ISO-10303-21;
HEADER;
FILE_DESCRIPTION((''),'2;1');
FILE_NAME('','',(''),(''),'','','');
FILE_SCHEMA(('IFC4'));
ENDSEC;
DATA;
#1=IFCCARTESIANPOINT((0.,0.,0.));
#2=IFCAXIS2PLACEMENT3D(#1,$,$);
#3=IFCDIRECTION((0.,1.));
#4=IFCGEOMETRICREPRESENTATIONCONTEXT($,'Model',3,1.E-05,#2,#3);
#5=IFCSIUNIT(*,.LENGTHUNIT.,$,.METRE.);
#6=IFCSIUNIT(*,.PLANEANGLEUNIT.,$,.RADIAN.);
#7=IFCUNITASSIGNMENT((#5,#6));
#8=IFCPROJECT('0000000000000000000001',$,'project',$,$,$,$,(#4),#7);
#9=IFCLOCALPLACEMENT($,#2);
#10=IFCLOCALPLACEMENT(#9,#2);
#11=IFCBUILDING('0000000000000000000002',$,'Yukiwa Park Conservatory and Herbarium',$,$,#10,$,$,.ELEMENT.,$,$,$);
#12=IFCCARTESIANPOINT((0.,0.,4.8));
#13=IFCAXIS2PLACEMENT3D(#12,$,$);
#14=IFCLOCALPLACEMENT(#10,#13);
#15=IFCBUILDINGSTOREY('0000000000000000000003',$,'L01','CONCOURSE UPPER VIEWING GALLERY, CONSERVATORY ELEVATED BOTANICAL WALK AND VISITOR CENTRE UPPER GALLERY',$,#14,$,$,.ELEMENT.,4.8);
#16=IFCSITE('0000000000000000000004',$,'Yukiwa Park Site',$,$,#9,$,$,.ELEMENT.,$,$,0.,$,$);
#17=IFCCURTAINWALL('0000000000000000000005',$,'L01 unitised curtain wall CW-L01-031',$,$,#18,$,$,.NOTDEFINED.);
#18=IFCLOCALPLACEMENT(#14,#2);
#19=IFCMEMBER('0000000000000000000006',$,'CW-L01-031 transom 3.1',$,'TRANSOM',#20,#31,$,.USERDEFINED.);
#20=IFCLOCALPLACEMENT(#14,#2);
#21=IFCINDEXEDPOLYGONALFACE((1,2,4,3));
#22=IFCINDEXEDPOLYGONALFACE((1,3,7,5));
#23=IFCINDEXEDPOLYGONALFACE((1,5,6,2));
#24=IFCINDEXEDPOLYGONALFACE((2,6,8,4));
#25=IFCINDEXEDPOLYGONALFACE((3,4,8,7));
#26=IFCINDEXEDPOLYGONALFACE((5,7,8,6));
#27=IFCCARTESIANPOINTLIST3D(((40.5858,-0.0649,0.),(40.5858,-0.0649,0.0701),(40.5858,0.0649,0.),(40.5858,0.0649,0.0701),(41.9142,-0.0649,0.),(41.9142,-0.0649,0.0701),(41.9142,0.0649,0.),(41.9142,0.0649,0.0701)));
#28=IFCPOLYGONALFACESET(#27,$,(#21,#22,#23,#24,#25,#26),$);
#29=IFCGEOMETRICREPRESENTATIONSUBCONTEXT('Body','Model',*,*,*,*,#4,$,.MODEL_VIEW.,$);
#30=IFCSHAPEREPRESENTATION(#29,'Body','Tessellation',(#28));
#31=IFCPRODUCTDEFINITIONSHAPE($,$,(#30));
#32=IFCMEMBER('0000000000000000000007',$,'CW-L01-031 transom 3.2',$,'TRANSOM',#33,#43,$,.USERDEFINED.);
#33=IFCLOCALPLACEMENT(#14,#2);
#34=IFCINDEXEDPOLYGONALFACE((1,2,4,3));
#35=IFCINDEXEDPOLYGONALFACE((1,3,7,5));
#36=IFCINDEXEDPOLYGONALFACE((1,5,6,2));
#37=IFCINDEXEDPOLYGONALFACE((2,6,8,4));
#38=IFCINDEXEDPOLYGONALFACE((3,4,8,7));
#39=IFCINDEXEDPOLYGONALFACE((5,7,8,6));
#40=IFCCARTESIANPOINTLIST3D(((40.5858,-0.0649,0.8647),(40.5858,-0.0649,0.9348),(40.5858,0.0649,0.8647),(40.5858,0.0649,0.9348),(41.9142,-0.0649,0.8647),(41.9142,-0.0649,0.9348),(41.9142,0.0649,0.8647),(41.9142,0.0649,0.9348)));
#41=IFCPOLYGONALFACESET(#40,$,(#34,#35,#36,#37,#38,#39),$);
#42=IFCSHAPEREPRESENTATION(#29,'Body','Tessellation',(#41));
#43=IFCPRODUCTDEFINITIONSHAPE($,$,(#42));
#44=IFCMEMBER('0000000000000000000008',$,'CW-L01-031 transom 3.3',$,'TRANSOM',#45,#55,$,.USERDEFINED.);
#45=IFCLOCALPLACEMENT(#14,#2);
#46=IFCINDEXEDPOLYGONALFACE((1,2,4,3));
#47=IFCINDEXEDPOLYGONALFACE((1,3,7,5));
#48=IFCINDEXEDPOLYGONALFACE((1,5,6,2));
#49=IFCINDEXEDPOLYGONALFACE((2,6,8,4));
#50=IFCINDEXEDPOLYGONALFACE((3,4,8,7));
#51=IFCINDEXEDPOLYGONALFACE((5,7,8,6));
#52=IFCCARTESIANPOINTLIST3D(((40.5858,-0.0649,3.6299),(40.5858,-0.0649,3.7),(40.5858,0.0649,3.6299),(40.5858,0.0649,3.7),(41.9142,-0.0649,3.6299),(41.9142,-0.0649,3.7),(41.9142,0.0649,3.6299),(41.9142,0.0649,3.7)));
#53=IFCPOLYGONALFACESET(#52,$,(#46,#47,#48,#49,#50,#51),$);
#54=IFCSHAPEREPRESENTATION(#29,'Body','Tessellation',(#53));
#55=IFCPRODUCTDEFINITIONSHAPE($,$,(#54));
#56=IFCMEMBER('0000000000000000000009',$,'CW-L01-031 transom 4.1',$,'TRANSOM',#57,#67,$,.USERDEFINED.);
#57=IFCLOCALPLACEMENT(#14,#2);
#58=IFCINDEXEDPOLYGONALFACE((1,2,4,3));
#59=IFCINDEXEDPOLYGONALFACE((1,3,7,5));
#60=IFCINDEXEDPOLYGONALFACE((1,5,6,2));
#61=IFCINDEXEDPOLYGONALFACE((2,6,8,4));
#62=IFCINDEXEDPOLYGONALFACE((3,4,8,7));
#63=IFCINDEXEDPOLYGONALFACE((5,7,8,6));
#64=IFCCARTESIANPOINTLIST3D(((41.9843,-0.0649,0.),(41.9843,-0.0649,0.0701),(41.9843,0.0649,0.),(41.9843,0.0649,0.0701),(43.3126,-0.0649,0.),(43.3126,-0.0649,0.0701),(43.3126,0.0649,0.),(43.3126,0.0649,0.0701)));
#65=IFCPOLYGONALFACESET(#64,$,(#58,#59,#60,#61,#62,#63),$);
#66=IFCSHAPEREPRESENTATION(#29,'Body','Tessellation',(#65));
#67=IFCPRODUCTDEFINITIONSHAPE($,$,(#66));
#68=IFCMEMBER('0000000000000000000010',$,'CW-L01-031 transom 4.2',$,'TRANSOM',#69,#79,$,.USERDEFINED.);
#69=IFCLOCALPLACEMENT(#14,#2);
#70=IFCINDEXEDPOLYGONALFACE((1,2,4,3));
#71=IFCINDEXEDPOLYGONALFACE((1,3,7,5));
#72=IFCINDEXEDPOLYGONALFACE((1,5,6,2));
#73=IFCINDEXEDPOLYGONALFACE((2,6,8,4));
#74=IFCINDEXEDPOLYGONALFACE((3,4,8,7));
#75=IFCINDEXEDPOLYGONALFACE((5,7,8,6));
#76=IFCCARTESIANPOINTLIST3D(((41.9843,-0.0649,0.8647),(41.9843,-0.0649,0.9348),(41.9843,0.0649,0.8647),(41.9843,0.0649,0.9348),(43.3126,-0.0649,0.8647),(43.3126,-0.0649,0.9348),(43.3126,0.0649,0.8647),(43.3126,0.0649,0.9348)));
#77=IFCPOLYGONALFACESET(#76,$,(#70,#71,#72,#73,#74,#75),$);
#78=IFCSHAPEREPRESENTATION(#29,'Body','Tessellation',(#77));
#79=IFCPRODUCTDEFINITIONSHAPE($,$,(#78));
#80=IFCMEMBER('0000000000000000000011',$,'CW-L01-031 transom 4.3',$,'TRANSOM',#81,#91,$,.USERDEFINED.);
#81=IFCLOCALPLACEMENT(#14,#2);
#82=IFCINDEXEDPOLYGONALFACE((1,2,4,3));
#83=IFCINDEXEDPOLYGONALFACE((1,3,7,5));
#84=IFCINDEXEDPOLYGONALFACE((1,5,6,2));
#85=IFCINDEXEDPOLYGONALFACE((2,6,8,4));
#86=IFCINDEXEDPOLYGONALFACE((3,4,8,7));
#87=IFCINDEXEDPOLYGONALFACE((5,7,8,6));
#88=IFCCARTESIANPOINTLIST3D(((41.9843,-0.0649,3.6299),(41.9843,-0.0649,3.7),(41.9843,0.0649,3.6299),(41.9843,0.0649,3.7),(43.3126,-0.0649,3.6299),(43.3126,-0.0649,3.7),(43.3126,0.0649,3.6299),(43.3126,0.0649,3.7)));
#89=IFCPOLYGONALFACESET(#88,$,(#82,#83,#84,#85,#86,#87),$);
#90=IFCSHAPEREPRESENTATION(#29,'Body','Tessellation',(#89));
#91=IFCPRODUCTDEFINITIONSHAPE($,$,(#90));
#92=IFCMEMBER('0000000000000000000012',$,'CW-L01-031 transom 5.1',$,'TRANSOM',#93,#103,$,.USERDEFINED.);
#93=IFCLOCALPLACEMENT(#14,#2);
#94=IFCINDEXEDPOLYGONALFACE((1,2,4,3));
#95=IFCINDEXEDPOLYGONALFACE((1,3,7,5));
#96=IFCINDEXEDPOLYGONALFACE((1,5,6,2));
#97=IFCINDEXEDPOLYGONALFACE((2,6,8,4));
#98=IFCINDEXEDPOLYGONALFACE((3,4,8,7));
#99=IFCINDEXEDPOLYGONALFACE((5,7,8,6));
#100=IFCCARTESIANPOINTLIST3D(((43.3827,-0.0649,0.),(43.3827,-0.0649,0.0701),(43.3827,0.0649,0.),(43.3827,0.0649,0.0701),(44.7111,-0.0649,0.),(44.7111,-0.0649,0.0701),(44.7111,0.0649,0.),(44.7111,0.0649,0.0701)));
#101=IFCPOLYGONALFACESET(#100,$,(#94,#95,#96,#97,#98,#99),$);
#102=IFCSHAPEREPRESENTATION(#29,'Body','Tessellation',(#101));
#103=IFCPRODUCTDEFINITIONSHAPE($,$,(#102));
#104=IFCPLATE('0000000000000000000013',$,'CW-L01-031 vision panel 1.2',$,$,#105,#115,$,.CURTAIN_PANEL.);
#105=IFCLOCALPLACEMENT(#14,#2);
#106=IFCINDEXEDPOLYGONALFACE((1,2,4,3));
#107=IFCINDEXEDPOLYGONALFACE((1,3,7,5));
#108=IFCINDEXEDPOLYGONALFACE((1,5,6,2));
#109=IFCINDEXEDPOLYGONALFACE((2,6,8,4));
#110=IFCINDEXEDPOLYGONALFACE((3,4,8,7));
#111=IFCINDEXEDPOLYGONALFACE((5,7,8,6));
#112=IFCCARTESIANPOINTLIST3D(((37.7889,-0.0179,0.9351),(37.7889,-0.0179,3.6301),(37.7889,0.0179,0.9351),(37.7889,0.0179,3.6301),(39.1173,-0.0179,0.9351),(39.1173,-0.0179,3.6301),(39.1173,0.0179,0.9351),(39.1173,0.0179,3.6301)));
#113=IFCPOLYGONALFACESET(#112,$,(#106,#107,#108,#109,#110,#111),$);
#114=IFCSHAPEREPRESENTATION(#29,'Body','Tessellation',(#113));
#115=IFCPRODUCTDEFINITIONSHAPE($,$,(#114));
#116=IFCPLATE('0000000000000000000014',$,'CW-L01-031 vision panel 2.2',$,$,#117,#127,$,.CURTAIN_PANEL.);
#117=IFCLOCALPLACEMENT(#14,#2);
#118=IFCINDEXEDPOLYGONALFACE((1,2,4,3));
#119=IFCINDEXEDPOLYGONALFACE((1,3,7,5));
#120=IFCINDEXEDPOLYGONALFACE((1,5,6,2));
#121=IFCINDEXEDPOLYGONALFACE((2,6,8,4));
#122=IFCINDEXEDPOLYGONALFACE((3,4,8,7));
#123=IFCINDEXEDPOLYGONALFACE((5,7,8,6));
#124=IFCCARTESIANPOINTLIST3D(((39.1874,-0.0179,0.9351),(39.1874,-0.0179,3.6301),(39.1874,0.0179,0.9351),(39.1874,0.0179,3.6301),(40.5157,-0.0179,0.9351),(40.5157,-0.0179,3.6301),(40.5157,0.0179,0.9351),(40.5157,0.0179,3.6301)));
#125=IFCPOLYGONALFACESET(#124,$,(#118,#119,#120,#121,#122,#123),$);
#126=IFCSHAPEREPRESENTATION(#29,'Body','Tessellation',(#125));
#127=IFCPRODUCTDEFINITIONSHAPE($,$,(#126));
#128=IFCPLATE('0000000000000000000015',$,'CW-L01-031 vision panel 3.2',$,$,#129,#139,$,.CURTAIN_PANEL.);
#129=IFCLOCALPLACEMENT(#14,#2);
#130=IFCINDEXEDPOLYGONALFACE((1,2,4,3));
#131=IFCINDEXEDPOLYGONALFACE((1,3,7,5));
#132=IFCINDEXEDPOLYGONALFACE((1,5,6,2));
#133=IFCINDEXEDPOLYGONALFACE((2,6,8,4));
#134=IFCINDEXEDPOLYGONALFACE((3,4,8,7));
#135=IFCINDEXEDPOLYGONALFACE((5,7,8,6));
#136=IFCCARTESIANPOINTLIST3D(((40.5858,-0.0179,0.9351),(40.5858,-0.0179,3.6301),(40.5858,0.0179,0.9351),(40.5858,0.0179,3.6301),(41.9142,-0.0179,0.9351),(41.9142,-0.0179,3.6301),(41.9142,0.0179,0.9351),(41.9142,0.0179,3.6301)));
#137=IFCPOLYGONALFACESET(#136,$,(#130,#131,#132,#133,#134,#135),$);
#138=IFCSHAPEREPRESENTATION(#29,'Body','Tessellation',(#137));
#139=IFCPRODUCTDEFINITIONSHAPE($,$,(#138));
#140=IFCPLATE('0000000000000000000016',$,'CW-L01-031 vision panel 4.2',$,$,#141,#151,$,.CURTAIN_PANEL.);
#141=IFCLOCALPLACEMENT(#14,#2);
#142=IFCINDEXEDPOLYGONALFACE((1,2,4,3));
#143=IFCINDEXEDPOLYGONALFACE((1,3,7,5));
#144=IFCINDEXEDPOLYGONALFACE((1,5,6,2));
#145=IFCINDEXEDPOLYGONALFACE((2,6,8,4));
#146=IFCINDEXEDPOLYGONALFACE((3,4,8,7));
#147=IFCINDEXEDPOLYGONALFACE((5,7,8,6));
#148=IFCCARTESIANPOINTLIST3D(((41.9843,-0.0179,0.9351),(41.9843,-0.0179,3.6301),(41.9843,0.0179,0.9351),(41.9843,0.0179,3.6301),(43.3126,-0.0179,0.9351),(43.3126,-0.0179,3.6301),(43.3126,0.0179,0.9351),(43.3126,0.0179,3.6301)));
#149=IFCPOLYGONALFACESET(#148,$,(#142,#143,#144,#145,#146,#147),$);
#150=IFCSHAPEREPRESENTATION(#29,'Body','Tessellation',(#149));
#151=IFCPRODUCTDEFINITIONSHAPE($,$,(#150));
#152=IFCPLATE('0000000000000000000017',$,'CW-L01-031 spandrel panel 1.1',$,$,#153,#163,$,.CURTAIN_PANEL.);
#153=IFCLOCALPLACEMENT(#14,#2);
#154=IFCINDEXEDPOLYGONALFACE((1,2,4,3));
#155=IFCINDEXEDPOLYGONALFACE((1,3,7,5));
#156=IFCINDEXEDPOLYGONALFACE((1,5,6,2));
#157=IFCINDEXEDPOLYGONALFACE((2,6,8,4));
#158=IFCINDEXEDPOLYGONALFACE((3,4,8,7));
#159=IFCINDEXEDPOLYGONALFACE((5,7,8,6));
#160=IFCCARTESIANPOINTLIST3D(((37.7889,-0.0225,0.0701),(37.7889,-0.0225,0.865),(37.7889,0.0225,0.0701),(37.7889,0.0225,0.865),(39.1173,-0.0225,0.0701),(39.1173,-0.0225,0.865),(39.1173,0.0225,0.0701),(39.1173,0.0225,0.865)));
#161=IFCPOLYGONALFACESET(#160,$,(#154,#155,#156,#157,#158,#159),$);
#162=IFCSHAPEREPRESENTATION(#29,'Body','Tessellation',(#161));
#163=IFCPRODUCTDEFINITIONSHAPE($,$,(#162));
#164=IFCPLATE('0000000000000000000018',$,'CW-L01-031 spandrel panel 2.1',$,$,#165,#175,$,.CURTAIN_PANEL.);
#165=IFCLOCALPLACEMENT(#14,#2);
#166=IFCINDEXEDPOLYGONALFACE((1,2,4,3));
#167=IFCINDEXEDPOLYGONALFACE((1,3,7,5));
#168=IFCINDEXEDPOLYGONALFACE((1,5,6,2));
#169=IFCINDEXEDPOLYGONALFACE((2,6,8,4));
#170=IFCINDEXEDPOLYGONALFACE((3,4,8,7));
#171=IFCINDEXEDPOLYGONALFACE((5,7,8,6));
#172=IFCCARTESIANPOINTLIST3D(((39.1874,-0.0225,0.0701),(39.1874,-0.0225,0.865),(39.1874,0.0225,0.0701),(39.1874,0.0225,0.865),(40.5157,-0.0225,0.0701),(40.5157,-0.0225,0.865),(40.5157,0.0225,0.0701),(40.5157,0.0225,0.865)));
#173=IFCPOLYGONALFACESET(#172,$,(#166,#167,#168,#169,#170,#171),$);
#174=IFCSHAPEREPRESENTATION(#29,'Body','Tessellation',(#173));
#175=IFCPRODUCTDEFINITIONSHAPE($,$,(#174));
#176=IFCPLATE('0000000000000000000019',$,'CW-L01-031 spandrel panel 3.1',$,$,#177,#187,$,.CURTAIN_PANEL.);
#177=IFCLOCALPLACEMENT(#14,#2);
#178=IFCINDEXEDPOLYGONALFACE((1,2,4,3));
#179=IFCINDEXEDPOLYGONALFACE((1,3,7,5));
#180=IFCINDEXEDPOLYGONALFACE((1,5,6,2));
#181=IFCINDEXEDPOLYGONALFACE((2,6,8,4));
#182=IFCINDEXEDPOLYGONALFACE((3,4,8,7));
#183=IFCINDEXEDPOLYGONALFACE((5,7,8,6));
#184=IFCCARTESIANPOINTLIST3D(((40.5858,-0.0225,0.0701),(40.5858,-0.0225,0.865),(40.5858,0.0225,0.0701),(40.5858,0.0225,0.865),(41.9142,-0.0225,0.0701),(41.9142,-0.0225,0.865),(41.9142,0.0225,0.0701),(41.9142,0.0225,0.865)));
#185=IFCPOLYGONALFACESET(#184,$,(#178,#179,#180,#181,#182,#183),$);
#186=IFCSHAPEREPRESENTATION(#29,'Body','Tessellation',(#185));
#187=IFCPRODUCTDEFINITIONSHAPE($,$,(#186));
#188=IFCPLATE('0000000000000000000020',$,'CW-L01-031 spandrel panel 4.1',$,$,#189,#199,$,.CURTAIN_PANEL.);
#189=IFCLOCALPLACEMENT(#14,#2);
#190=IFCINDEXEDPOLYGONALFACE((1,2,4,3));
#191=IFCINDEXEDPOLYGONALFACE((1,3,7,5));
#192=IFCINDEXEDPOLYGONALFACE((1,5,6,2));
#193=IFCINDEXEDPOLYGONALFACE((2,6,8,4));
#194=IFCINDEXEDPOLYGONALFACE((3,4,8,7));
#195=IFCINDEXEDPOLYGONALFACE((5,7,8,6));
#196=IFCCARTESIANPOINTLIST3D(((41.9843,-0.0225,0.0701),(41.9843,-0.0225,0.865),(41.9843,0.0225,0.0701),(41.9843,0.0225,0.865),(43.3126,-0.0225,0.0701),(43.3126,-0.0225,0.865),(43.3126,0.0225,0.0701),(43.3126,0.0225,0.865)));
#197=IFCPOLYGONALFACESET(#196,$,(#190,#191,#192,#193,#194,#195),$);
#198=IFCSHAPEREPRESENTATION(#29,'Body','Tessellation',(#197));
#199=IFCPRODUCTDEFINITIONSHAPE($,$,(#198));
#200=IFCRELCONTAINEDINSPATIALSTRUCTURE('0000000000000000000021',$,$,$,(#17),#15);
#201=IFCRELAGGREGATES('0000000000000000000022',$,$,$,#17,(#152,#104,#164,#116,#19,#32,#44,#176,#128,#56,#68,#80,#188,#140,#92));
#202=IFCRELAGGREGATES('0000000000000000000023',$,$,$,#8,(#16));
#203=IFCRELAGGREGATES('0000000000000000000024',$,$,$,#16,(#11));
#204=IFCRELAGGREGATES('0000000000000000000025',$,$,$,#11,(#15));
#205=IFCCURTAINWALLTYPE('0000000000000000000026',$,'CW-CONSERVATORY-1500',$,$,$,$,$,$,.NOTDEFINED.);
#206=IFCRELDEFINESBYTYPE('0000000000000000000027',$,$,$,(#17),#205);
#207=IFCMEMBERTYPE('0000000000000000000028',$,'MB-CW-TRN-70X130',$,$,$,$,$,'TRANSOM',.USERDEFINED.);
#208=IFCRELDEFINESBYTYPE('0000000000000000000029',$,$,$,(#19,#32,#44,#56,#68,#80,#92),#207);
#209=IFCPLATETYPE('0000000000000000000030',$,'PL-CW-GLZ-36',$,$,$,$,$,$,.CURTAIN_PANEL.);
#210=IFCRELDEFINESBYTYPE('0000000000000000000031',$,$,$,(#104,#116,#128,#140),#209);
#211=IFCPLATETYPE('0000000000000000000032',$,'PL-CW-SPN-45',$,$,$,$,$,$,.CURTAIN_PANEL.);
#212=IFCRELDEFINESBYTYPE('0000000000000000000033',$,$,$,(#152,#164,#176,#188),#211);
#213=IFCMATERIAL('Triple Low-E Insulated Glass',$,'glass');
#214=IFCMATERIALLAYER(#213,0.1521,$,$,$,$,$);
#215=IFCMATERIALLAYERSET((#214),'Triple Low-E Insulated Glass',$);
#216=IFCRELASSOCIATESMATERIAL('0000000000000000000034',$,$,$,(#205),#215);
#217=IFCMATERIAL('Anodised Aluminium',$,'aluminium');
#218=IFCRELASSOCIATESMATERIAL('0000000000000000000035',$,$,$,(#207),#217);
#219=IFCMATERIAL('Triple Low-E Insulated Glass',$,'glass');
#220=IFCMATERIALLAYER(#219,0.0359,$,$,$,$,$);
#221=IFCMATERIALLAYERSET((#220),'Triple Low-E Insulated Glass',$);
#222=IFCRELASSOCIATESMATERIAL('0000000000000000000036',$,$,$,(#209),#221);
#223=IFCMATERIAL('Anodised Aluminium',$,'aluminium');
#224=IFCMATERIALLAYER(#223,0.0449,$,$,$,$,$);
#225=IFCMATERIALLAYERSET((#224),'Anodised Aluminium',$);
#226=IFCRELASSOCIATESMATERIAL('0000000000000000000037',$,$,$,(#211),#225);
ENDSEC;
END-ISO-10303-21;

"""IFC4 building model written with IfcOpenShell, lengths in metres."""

from ifc_helpers import new_model, si_unit, direction, frame, origin, origin_2d, place, context, subcontext, project, spatial, rectangle, extrude, material, layer, layer_set, type_object, element, aggregate, save


model = new_model("IFC4")

# Units and contexts
model_context = context("Model", 3, precision=1e-05, world=origin(), true_north=direction((0.0, 1.0)))
body_context = subcontext(model_context, "Body", "Model", "MODEL_VIEW")
ifc_project = project(units=[si_unit("LENGTHUNIT", "METRE"), si_unit("PLANEANGLEUNIT", "RADIAN")], contexts=[model_context])

# Site, building, storey
site_placement = place(None, origin())
site = spatial("IfcSite", under=ifc_project, at=site_placement, Name="Yukiwa Park Site", CompositionType="ELEMENT", RefElevation=0.0)
building_placement = place(site_placement, origin())
building = spatial("IfcBuilding", under=site, at=building_placement, Name="Yukiwa Park Conservatory and Herbarium", CompositionType="ELEMENT")
storey_placement = place(building_placement, frame((0.0, 0.0, 4.8)))
storey = spatial("IfcBuildingStorey", under=building, at=storey_placement, Name="L01", Description="CONCOURSE UPPER VIEWING GALLERY, CONSERVATORY ELEVATED BOTANICAL WALK AND VISITOR CENTRE UPPER GALLERY", CompositionType="ELEMENT", Elevation=4.8)

# Curtain wall, members, plates
ifc_material_1 = material(Name="Triple Low-E Insulated Glass", Category="glass")
ifc_layer_1 = layer(ifc_material_1, 0.1521)
ifc_layer_set_1 = layer_set([ifc_layer_1], Name="Triple Low-E Insulated Glass")
curtain_wall_type = type_object("IfcCurtainWallType", Name="CW-CONSERVATORY-1500", PredefinedType="NOTDEFINED", material=ifc_layer_set_1)
curtain_wall_placement = place(storey_placement, origin())
curtain_wall = element("IfcCurtainWall", 1, at=curtain_wall_placement, inside=storey, type_object=curtain_wall_type, Name="L01 unitised curtain wall CW-L01-031", PredefinedType="NOTDEFINED")
ifc_material_2 = material(Name="Anodised Aluminium", Category="aluminium")
member_type_1 = type_object("IfcMemberType", Name="MB-CW-TRN-70X130", ElementType="TRANSOM", PredefinedType="USERDEFINED", material=ifc_material_2)
member_1_placement = place(storey_placement, frame((41.25, 0.0, 0.0), z_axis=(0.0, 0.0, 1.0), x_axis=(1.0, 0.0, 0.0)))
member_1 = element("IfcMember", 2, at=member_1_placement, type_object=member_type_1, Name="CW-L01-031 transom 3.1", ObjectType="TRANSOM", PredefinedType="USERDEFINED", context=body_context, shape_type="SweptSolid", body=[
    extrude(rectangle(XDim=1.3284, YDim=0.1299, at=origin_2d()), origin(), (0.0, 0.0, 1.0), 0.0701),
])
member_2_placement = place(storey_placement, frame((41.25, 0.0, 0.8647), z_axis=(0.0, 0.0, 1.0), x_axis=(1.0, 0.0, 0.0)))
member_2 = element("IfcMember", 3, at=member_2_placement, type_object=member_type_1, Name="CW-L01-031 transom 3.2", ObjectType="TRANSOM", PredefinedType="USERDEFINED", context=body_context, shape_type="SweptSolid", body=[
    extrude(rectangle(XDim=1.3284, YDim=0.1299, at=origin_2d()), origin(), (0.0, 0.0, 1.0), 0.0701),
])
member_3_placement = place(storey_placement, frame((41.25, 0.0, 3.6299), z_axis=(0.0, 0.0, 1.0), x_axis=(1.0, 0.0, 0.0)))
member_3 = element("IfcMember", 4, at=member_3_placement, type_object=member_type_1, Name="CW-L01-031 transom 3.3", ObjectType="TRANSOM", PredefinedType="USERDEFINED", context=body_context, shape_type="SweptSolid", body=[
    extrude(rectangle(XDim=1.3284, YDim=0.1299, at=origin_2d()), origin(), (0.0, 0.0, 1.0), 0.0701),
])
member_4_placement = place(storey_placement, frame((42.6484, 0.0, 0.0), z_axis=(0.0, 0.0, 1.0), x_axis=(1.0, 0.0, 0.0)))
member_4 = element("IfcMember", 5, at=member_4_placement, type_object=member_type_1, Name="CW-L01-031 transom 4.1", ObjectType="TRANSOM", PredefinedType="USERDEFINED", context=body_context, shape_type="SweptSolid", body=[
    extrude(rectangle(XDim=1.3284, YDim=0.1299, at=origin_2d()), origin(), (0.0, 0.0, 1.0), 0.0701),
])
member_5_placement = place(storey_placement, frame((42.6484, 0.0, 0.8647), z_axis=(0.0, 0.0, 1.0), x_axis=(1.0, 0.0, 0.0)))
member_5 = element("IfcMember", 6, at=member_5_placement, type_object=member_type_1, Name="CW-L01-031 transom 4.2", ObjectType="TRANSOM", PredefinedType="USERDEFINED", context=body_context, shape_type="SweptSolid", body=[
    extrude(rectangle(XDim=1.3284, YDim=0.1299, at=origin_2d()), origin(), (0.0, 0.0, 1.0), 0.0701),
])
member_6_placement = place(storey_placement, frame((42.6484, 0.0, 3.6299), z_axis=(0.0, 0.0, 1.0), x_axis=(1.0, 0.0, 0.0)))
member_6 = element("IfcMember", 7, at=member_6_placement, type_object=member_type_1, Name="CW-L01-031 transom 4.3", ObjectType="TRANSOM", PredefinedType="USERDEFINED", context=body_context, shape_type="SweptSolid", body=[
    extrude(rectangle(XDim=1.3284, YDim=0.1299, at=origin_2d()), origin(), (0.0, 0.0, 1.0), 0.0701),
])
member_7_placement = place(storey_placement, frame((44.0469, 0.0, 0.0), z_axis=(0.0, 0.0, 1.0), x_axis=(1.0, 0.0, 0.0)))
member_7 = element("IfcMember", 8, at=member_7_placement, type_object=member_type_1, Name="CW-L01-031 transom 5.1", ObjectType="TRANSOM", PredefinedType="USERDEFINED", context=body_context, shape_type="SweptSolid", body=[
    extrude(rectangle(XDim=1.3284, YDim=0.1299, at=origin_2d()), origin(), (0.0, 0.0, 1.0), 0.0701),
])
ifc_material_3 = material(Name="Triple Low-E Insulated Glass", Category="glass")
ifc_layer_2 = layer(ifc_material_3, 0.0359)
ifc_layer_set_2 = layer_set([ifc_layer_2], Name="Triple Low-E Insulated Glass")
plate_type_1 = type_object("IfcPlateType", Name="PL-CW-GLZ-36", PredefinedType="CURTAIN_PANEL", material=ifc_layer_set_2)
plate_1_placement = place(storey_placement, frame((38.4531, 0.0, 0.9351), z_axis=(0.0, 0.0, 1.0), x_axis=(1.0, 0.0, 0.0)))
plate_1 = element("IfcPlate", 9, at=plate_1_placement, type_object=plate_type_1, Name="CW-L01-031 vision panel 1.2", PredefinedType="CURTAIN_PANEL", context=body_context, shape_type="SweptSolid", body=[
    extrude(rectangle(XDim=1.3284, YDim=0.0359, at=origin_2d()), origin(), (0.0, 0.0, 1.0), 2.6951),
])
plate_2_placement = place(storey_placement, frame((39.8516, 0.0, 0.9351), z_axis=(0.0, 0.0, 1.0), x_axis=(1.0, 0.0, 0.0)))
plate_2 = element("IfcPlate", 10, at=plate_2_placement, type_object=plate_type_1, Name="CW-L01-031 vision panel 2.2", PredefinedType="CURTAIN_PANEL", context=body_context, shape_type="SweptSolid", body=[
    extrude(rectangle(XDim=1.3284, YDim=0.0359, at=origin_2d()), origin(), (0.0, 0.0, 1.0), 2.6951),
])
plate_3_placement = place(storey_placement, frame((41.25, 0.0, 0.9351), z_axis=(0.0, 0.0, 1.0), x_axis=(1.0, 0.0, 0.0)))
plate_3 = element("IfcPlate", 11, at=plate_3_placement, type_object=plate_type_1, Name="CW-L01-031 vision panel 3.2", PredefinedType="CURTAIN_PANEL", context=body_context, shape_type="SweptSolid", body=[
    extrude(rectangle(XDim=1.3284, YDim=0.0359, at=origin_2d()), origin(), (0.0, 0.0, 1.0), 2.6951),
])
plate_4_placement = place(storey_placement, frame((42.6484, 0.0, 0.9351), z_axis=(0.0, 0.0, 1.0), x_axis=(1.0, 0.0, 0.0)))
plate_4 = element("IfcPlate", 12, at=plate_4_placement, type_object=plate_type_1, Name="CW-L01-031 vision panel 4.2", PredefinedType="CURTAIN_PANEL", context=body_context, shape_type="SweptSolid", body=[
    extrude(rectangle(XDim=1.3284, YDim=0.0359, at=origin_2d()), origin(), (0.0, 0.0, 1.0), 2.6951),
])
ifc_material_4 = material(Name="Anodised Aluminium", Category="aluminium")
ifc_layer_3 = layer(ifc_material_4, 0.0449)
ifc_layer_set_3 = layer_set([ifc_layer_3], Name="Anodised Aluminium")
plate_type_2 = type_object("IfcPlateType", Name="PL-CW-SPN-45", PredefinedType="CURTAIN_PANEL", material=ifc_layer_set_3)
plate_5_placement = place(storey_placement, frame((38.4531, 0.0, 0.0701), z_axis=(0.0, 0.0, 1.0), x_axis=(1.0, 0.0, 0.0)))
plate_5 = element("IfcPlate", 13, at=plate_5_placement, type_object=plate_type_2, Name="CW-L01-031 spandrel panel 1.1", PredefinedType="CURTAIN_PANEL", context=body_context, shape_type="SweptSolid", body=[
    extrude(rectangle(XDim=1.3284, YDim=0.0449, at=origin_2d()), origin(), (0.0, 0.0, 1.0), 0.7949),
])
plate_6_placement = place(storey_placement, frame((39.8516, 0.0, 0.0701), z_axis=(0.0, 0.0, 1.0), x_axis=(1.0, 0.0, 0.0)))
plate_6 = element("IfcPlate", 14, at=plate_6_placement, type_object=plate_type_2, Name="CW-L01-031 spandrel panel 2.1", PredefinedType="CURTAIN_PANEL", context=body_context, shape_type="SweptSolid", body=[
    extrude(rectangle(XDim=1.3284, YDim=0.0449, at=origin_2d()), origin(), (0.0, 0.0, 1.0), 0.7949),
])
plate_7_placement = place(storey_placement, frame((41.25, 0.0, 0.0701), z_axis=(0.0, 0.0, 1.0), x_axis=(1.0, 0.0, 0.0)))
plate_7 = element("IfcPlate", 15, at=plate_7_placement, type_object=plate_type_2, Name="CW-L01-031 spandrel panel 3.1", PredefinedType="CURTAIN_PANEL", context=body_context, shape_type="SweptSolid", body=[
    extrude(rectangle(XDim=1.3284, YDim=0.0449, at=origin_2d()), origin(), (0.0, 0.0, 1.0), 0.7949),
])
plate_8_placement = place(storey_placement, frame((42.6484, 0.0, 0.0701), z_axis=(0.0, 0.0, 1.0), x_axis=(1.0, 0.0, 0.0)))
plate_8 = element("IfcPlate", 16, at=plate_8_placement, type_object=plate_type_2, Name="CW-L01-031 spandrel panel 4.1", PredefinedType="CURTAIN_PANEL", context=body_context, shape_type="SweptSolid", body=[
    extrude(rectangle(XDim=1.3284, YDim=0.0449, at=origin_2d()), origin(), (0.0, 0.0, 1.0), 0.7949),
])
aggregate(curtain_wall, [plate_5, plate_1, plate_6, plate_2, member_1, member_2, member_3, plate_7, plate_3, member_4, member_5, member_6, plate_8, plate_4, member_7])

save(model, "model.ifc")
